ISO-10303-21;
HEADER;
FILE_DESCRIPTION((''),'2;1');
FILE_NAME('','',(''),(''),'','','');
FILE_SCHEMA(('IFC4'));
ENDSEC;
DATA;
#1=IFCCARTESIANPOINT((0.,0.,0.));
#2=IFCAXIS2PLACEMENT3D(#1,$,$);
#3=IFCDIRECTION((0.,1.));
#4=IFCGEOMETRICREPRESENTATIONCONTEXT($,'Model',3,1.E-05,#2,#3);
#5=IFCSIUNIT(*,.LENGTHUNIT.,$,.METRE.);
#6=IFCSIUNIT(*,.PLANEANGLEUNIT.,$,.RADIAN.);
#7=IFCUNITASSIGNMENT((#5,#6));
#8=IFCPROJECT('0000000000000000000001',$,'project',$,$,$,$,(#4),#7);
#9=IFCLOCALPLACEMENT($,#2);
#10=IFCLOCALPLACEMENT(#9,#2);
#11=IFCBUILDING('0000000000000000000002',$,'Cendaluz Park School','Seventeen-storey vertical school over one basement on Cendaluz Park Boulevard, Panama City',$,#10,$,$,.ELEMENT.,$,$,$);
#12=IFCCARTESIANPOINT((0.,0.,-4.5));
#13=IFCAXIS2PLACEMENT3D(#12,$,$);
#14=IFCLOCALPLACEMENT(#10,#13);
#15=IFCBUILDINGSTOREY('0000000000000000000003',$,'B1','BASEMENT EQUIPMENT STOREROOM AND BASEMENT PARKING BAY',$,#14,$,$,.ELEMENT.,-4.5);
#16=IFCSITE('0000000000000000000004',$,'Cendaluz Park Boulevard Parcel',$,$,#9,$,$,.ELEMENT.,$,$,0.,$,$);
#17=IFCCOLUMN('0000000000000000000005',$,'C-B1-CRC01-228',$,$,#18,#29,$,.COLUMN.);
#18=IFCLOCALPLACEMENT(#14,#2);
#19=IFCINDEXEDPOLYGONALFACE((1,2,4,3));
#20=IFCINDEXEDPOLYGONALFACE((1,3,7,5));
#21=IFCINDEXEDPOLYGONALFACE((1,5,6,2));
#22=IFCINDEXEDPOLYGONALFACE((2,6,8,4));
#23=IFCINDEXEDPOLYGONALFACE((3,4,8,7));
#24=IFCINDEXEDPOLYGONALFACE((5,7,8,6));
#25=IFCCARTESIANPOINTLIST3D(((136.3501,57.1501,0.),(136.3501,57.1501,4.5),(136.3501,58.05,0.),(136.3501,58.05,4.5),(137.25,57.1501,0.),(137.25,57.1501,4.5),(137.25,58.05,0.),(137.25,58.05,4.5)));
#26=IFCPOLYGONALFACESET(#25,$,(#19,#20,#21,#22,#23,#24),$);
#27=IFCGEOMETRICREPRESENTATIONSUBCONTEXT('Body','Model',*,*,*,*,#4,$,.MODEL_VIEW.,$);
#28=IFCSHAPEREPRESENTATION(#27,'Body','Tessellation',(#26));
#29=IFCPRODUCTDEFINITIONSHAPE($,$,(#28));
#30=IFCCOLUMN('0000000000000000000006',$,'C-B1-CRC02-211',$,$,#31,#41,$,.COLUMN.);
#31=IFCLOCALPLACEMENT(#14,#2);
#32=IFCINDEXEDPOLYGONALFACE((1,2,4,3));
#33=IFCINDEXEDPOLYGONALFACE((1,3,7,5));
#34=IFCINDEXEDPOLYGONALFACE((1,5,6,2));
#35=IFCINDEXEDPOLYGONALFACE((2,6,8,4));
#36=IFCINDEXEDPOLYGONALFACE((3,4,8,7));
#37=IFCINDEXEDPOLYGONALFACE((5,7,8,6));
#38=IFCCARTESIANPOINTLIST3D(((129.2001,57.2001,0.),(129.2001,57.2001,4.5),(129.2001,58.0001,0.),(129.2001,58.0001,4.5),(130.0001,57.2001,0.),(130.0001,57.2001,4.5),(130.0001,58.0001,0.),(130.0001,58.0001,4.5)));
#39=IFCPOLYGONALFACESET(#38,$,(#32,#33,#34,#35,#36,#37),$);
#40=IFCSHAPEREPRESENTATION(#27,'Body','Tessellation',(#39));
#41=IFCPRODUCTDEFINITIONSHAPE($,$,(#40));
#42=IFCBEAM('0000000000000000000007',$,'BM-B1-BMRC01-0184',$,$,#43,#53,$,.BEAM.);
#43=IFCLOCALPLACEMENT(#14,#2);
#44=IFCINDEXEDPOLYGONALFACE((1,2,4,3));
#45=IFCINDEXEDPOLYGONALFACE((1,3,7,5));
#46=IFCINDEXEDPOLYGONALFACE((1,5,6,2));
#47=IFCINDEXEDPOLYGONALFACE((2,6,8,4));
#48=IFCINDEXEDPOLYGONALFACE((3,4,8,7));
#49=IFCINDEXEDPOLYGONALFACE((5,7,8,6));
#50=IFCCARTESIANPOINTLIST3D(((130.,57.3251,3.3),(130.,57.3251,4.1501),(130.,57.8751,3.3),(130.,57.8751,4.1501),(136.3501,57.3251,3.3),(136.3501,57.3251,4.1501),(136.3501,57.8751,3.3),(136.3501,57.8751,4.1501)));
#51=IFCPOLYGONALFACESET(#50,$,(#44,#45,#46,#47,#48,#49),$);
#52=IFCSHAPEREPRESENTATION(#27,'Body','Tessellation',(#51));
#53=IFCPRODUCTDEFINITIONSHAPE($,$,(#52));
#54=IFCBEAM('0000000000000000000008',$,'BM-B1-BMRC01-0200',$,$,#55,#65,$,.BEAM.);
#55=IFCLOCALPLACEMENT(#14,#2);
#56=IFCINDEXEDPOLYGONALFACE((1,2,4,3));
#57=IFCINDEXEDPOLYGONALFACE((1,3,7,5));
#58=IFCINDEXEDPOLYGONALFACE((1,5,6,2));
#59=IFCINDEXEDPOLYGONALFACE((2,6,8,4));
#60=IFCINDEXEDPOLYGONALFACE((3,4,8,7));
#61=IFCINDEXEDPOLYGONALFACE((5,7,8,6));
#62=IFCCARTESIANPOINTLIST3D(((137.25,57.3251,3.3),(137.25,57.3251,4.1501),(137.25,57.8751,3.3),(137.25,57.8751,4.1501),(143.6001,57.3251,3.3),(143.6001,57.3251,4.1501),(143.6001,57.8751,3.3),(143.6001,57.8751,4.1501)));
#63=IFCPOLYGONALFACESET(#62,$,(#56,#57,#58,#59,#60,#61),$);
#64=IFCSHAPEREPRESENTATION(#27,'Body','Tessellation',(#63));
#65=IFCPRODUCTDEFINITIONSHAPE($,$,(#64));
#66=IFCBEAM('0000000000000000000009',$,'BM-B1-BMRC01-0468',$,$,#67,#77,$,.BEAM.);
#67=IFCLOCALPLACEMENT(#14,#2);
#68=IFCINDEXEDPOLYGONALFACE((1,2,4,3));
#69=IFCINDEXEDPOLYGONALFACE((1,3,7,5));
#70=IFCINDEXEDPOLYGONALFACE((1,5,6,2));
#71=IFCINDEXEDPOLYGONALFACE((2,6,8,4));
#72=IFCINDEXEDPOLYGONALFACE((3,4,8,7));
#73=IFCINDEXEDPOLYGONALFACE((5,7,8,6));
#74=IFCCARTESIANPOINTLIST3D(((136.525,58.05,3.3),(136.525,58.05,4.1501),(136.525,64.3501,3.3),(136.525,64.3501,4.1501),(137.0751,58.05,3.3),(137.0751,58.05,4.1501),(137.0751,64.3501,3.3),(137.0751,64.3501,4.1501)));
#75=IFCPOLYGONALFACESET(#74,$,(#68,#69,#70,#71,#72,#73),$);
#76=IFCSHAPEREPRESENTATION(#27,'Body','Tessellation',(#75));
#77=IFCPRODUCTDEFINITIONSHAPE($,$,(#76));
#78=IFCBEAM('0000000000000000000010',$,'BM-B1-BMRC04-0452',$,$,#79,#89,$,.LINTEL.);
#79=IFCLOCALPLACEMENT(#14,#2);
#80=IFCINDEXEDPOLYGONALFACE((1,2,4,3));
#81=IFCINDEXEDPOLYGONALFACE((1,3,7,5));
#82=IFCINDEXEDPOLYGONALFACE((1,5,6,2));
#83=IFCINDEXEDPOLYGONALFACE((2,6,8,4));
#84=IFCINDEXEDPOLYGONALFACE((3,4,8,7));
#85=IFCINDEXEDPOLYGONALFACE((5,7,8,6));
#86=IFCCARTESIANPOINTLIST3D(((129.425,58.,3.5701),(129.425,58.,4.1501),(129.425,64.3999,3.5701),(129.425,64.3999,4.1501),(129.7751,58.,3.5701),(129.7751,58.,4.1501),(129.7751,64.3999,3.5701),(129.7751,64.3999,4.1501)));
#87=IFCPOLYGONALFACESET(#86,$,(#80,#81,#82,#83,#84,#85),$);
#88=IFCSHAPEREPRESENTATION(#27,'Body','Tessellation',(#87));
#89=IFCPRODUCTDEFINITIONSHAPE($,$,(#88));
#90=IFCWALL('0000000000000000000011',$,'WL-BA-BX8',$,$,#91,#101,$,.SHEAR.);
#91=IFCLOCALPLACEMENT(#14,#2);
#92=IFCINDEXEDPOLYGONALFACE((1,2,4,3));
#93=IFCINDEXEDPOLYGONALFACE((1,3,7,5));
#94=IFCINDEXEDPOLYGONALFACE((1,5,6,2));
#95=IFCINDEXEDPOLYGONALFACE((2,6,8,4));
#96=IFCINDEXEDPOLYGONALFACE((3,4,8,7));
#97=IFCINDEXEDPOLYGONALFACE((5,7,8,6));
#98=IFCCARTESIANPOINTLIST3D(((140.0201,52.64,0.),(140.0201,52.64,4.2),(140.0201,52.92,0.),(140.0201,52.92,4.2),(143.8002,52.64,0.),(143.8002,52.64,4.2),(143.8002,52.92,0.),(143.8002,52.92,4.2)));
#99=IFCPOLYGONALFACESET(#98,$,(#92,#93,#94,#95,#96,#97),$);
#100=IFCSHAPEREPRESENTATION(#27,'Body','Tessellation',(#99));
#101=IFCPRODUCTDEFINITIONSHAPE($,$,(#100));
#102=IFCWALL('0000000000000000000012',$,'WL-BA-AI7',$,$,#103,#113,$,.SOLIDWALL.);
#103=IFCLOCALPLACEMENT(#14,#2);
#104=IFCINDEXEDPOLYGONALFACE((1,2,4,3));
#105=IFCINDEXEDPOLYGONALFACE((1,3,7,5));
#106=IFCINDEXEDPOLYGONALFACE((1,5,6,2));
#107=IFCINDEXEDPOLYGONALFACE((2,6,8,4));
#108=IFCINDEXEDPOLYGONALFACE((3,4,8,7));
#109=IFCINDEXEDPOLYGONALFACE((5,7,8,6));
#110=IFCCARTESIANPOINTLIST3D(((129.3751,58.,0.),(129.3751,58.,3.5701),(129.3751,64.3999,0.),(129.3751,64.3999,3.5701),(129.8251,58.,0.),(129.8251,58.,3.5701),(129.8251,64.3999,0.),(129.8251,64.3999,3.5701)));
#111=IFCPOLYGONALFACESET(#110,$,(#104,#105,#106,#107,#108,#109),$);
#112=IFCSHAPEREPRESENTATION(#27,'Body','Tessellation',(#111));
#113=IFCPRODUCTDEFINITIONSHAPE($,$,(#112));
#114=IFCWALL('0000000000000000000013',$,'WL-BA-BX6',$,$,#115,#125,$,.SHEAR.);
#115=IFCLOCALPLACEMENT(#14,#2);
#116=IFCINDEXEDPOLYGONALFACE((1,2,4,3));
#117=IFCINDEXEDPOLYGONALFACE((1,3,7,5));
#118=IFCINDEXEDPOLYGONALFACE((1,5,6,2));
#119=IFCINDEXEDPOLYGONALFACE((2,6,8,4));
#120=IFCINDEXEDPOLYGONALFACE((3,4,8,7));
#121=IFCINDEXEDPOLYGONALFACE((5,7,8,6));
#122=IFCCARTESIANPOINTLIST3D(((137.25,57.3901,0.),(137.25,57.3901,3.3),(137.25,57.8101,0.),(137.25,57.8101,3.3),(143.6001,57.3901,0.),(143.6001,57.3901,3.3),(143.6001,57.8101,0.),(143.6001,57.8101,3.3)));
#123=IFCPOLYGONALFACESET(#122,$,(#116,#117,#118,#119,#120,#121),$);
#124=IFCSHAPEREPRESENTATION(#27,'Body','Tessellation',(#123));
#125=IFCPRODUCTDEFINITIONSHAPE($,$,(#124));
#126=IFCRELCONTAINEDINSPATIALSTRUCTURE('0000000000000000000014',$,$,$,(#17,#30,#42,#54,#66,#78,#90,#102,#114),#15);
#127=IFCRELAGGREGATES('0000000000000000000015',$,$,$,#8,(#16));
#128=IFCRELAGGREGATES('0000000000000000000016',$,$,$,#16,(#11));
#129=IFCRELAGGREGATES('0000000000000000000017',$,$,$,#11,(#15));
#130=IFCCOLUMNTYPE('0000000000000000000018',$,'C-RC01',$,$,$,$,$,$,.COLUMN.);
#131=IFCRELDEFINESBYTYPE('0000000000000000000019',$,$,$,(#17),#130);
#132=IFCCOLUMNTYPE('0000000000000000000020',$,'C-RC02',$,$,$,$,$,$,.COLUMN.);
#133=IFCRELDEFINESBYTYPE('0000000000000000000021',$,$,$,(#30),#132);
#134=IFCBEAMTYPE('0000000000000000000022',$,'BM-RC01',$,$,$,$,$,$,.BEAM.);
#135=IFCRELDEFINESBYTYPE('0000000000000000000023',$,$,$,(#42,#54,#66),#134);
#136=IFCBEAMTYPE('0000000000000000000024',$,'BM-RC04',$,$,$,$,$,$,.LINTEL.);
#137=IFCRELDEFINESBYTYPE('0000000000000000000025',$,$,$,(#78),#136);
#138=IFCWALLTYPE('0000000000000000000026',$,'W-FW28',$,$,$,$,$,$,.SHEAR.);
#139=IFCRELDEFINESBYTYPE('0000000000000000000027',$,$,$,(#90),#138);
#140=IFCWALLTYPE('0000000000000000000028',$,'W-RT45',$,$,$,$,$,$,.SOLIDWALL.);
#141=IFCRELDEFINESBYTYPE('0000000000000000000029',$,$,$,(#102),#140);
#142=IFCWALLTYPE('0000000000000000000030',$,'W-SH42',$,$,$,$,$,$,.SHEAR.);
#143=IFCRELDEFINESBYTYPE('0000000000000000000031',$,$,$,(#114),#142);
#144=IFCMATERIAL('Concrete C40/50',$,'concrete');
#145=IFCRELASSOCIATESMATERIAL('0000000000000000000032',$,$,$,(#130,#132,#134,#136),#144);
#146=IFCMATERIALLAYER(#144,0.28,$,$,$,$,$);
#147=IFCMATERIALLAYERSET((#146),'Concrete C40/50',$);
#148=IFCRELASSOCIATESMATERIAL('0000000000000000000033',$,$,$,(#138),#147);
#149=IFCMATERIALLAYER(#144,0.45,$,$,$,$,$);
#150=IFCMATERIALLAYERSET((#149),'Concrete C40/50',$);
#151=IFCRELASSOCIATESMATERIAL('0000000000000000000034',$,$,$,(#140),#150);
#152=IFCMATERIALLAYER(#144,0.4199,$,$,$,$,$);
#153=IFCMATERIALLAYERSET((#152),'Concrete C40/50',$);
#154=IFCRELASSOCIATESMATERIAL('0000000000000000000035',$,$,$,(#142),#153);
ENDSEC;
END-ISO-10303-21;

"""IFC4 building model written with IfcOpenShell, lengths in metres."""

from ifc_helpers import new_model, si_unit, direction, frame, frame_2d, origin, origin_2d, place, context, subcontext, project, spatial, rectangle, extrude, material, layer, layer_set, material_profile, profile_set, type_object, element, save


model = new_model("IFC4")

# Units and contexts
model_context = context("Model", 3, precision=1e-05, world=origin(), true_north=direction((0.0, 1.0)))
body_context = subcontext(model_context, "Body", "Model", "MODEL_VIEW")
ifc_project = project(units=[si_unit("LENGTHUNIT", "METRE"), si_unit("PLANEANGLEUNIT", "RADIAN")], contexts=[model_context])

# Site, building, storey
site_placement = place(None, origin())
site = spatial("IfcSite", under=ifc_project, at=site_placement, Name="Cendaluz Park Boulevard Parcel", CompositionType="ELEMENT", RefElevation=0.0)
building_placement = place(site_placement, origin())
building = spatial("IfcBuilding", under=site, at=building_placement, Name="Cendaluz Park School", Description="Seventeen-storey vertical school over one basement on Cendaluz Park Boulevard, Panama City", CompositionType="ELEMENT")
storey_placement = place(building_placement, frame((0.0, 0.0, -4.5)))
storey = spatial("IfcBuildingStorey", under=building, at=storey_placement, Name="B1", Description="BASEMENT EQUIPMENT STOREROOM AND BASEMENT PARKING BAY", CompositionType="ELEMENT", Elevation=-4.5)

# Shared definitions
ifc_material_1 = material(Name="Concrete C40/50", Category="concrete")

# Columns
ifc_material_profile_1 = material_profile(ifc_material_1, rectangle(XDim=0.8999, YDim=0.8999, at=origin_2d()), Name="RC 900x900", Category="concrete")
ifc_profile_set_1 = profile_set([ifc_material_profile_1], Name="Concrete C40/50")
column_type_1 = type_object("IfcColumnType", Name="C-RC01", PredefinedType="COLUMN", material=ifc_profile_set_1)
column_1_placement = place(storey_placement, frame((136.8, 57.6001, 0.0), z_axis=(0.0, 0.0, 1.0), x_axis=(1.0, 0.0, 0.0)))
element("IfcColumn", 1, at=column_1_placement, inside=storey, type_object=column_type_1, Name="C-B1-CRC01-228", PredefinedType="COLUMN", context=body_context, shape_type="SweptSolid", body=[
    extrude(rectangle(XDim=0.8999, YDim=0.8999, at=origin_2d()), origin(), (0.0, 0.0, 1.0), 4.5),
])
ifc_material_profile_2 = material_profile(ifc_material_1, rectangle(XDim=0.8, YDim=0.8, at=origin_2d()), Name="RC 800x800", Category="concrete")
ifc_profile_set_2 = profile_set([ifc_material_profile_2], Name="Concrete C40/50")
column_type_2 = type_object("IfcColumnType", Name="C-RC02", PredefinedType="COLUMN", material=ifc_profile_set_2)
column_2_placement = place(storey_placement, frame((129.6001, 57.6001, 0.0), z_axis=(0.0, 0.0, 1.0), x_axis=(1.0, 0.0, 0.0)))
element("IfcColumn", 2, at=column_2_placement, inside=storey, type_object=column_type_2, Name="C-B1-CRC02-211", PredefinedType="COLUMN", context=body_context, shape_type="SweptSolid", body=[
    extrude(rectangle(XDim=0.8, YDim=0.8, at=origin_2d()), origin(), (0.0, 0.0, 1.0), 4.5),
])

# Beams
ifc_material_profile_3 = material_profile(ifc_material_1, rectangle(XDim=0.55, YDim=0.8501, at=origin_2d()), Name="RC 550x850", Category="concrete")
ifc_profile_set_3 = profile_set([ifc_material_profile_3], Name="Concrete C40/50")
beam_type_1 = type_object("IfcBeamType", Name="BM-RC01", PredefinedType="BEAM", material=ifc_profile_set_3)
for number, where, z_axis, x_axis, name in (
    (3, (130.0, 57.6001, 3.7251), (1.0, 0.0, 0.0), (0.0, 1.0, 0.0), "BM-B1-BMRC01-0184"),
    (4, (137.25, 57.6001, 3.7251), (1.0, 0.0, 0.0), (0.0, 1.0, 0.0), "BM-B1-BMRC01-0200"),
):
    element("IfcBeam", number, at=place(storey_placement, frame(where, z_axis=z_axis, x_axis=x_axis)), inside=storey, type_object=beam_type_1, Name=name, PredefinedType="BEAM", context=body_context, shape_type="SweptSolid", body=[
        extrude(rectangle(XDim=0.55, YDim=0.8501, at=origin_2d()), origin(), (0.0, 0.0, 1.0), 6.3501),
    ])
beam_1_placement = place(storey_placement, frame((136.8, 58.05, 3.7251), z_axis=(0.0, 1.0, 0.0), x_axis=(-1.0, 0.0, 0.0)))
element("IfcBeam", 5, at=beam_1_placement, inside=storey, type_object=beam_type_1, Name="BM-B1-BMRC01-0468", PredefinedType="BEAM", context=body_context, shape_type="SweptSolid", body=[
    extrude(rectangle(XDim=0.55, YDim=0.8501, at=origin_2d()), origin(), (0.0, 0.0, 1.0), 6.3),
])
ifc_material_profile_4 = material_profile(ifc_material_1, rectangle(XDim=0.3501, YDim=0.5801, at=origin_2d()), Name="RC 350x580", Category="concrete")
ifc_profile_set_4 = profile_set([ifc_material_profile_4], Name="Concrete C40/50")
beam_type_2 = type_object("IfcBeamType", Name="BM-RC04", PredefinedType="LINTEL", material=ifc_profile_set_4)
beam_2_placement = place(storey_placement, frame((129.6001, 58.0, 3.8601), z_axis=(0.0, 1.0, 0.0), x_axis=(-1.0, 0.0, 0.0)))
element("IfcBeam", 6, at=beam_2_placement, inside=storey, type_object=beam_type_2, Name="BM-B1-BMRC04-0452", PredefinedType="LINTEL", context=body_context, shape_type="SweptSolid", body=[
    extrude(rectangle(XDim=0.3501, YDim=0.5801, at=origin_2d()), origin(), (0.0, 0.0, 1.0), 6.3999),
])

# Wall
ifc_layer_1 = layer(ifc_material_1, 0.28)
ifc_layer_set_1 = layer_set([ifc_layer_1], Name="Concrete C40/50")
wall_type_1 = type_object("IfcWallType", Name="W-FW28", PredefinedType="SHEAR", material=ifc_layer_set_1)
wall_1_placement = place(storey_placement, frame((140.02, 52.78, 0.0), z_axis=(0.0, 0.0, 1.0), x_axis=(1.0, 0.0, 0.0)))
element("IfcWall", 7, at=wall_1_placement, inside=storey, type_object=wall_type_1, Name="WL-BA-BX8", PredefinedType="SHEAR", context=body_context, shape_type="SweptSolid", body=[
    extrude(rectangle(XDim=3.78, YDim=0.28, at=frame_2d((1.8901, 0.0))), origin(), (0.0, 0.0, 1.0), 4.2),
])

# Walls
ifc_layer_2 = layer(ifc_material_1, 0.45)
ifc_layer_set_2 = layer_set([ifc_layer_2], Name="Concrete C40/50")
wall_type_2 = type_object("IfcWallType", Name="W-RT45", PredefinedType="SOLIDWALL", material=ifc_layer_set_2)
wall_2_placement = place(storey_placement, frame((129.6001, 58.0, 0.0), z_axis=(0.0, 0.0, 1.0), x_axis=(0.0, 1.0, 0.0)))
element("IfcWall", 8, at=wall_2_placement, inside=storey, type_object=wall_type_2, Name="WL-BA-AI7", PredefinedType="SOLIDWALL", context=body_context, shape_type="SweptSolid", body=[
    extrude(rectangle(XDim=6.3999, YDim=0.45, at=frame_2d((3.2, 0.0))), origin(), (0.0, 0.0, 1.0), 3.5701),
])
ifc_layer_3 = layer(ifc_material_1, 0.4199)
ifc_layer_set_3 = layer_set([ifc_layer_3], Name="Concrete C40/50")
wall_type_3 = type_object("IfcWallType", Name="W-SH42", PredefinedType="SHEAR", material=ifc_layer_set_3)
wall_3_placement = place(storey_placement, frame((137.25, 57.6001, 0.0), z_axis=(0.0, 0.0, 1.0), x_axis=(1.0, 0.0, 0.0)))
element("IfcWall", 9, at=wall_3_placement, inside=storey, type_object=wall_type_3, Name="WL-BA-BX6", PredefinedType="SHEAR", context=body_context, shape_type="SweptSolid", body=[
    extrude(rectangle(XDim=6.3501, YDim=0.4199, at=frame_2d((3.175, 0.0))), origin(), (0.0, 0.0, 1.0), 3.3),
])

save(model, "model.ifc")
